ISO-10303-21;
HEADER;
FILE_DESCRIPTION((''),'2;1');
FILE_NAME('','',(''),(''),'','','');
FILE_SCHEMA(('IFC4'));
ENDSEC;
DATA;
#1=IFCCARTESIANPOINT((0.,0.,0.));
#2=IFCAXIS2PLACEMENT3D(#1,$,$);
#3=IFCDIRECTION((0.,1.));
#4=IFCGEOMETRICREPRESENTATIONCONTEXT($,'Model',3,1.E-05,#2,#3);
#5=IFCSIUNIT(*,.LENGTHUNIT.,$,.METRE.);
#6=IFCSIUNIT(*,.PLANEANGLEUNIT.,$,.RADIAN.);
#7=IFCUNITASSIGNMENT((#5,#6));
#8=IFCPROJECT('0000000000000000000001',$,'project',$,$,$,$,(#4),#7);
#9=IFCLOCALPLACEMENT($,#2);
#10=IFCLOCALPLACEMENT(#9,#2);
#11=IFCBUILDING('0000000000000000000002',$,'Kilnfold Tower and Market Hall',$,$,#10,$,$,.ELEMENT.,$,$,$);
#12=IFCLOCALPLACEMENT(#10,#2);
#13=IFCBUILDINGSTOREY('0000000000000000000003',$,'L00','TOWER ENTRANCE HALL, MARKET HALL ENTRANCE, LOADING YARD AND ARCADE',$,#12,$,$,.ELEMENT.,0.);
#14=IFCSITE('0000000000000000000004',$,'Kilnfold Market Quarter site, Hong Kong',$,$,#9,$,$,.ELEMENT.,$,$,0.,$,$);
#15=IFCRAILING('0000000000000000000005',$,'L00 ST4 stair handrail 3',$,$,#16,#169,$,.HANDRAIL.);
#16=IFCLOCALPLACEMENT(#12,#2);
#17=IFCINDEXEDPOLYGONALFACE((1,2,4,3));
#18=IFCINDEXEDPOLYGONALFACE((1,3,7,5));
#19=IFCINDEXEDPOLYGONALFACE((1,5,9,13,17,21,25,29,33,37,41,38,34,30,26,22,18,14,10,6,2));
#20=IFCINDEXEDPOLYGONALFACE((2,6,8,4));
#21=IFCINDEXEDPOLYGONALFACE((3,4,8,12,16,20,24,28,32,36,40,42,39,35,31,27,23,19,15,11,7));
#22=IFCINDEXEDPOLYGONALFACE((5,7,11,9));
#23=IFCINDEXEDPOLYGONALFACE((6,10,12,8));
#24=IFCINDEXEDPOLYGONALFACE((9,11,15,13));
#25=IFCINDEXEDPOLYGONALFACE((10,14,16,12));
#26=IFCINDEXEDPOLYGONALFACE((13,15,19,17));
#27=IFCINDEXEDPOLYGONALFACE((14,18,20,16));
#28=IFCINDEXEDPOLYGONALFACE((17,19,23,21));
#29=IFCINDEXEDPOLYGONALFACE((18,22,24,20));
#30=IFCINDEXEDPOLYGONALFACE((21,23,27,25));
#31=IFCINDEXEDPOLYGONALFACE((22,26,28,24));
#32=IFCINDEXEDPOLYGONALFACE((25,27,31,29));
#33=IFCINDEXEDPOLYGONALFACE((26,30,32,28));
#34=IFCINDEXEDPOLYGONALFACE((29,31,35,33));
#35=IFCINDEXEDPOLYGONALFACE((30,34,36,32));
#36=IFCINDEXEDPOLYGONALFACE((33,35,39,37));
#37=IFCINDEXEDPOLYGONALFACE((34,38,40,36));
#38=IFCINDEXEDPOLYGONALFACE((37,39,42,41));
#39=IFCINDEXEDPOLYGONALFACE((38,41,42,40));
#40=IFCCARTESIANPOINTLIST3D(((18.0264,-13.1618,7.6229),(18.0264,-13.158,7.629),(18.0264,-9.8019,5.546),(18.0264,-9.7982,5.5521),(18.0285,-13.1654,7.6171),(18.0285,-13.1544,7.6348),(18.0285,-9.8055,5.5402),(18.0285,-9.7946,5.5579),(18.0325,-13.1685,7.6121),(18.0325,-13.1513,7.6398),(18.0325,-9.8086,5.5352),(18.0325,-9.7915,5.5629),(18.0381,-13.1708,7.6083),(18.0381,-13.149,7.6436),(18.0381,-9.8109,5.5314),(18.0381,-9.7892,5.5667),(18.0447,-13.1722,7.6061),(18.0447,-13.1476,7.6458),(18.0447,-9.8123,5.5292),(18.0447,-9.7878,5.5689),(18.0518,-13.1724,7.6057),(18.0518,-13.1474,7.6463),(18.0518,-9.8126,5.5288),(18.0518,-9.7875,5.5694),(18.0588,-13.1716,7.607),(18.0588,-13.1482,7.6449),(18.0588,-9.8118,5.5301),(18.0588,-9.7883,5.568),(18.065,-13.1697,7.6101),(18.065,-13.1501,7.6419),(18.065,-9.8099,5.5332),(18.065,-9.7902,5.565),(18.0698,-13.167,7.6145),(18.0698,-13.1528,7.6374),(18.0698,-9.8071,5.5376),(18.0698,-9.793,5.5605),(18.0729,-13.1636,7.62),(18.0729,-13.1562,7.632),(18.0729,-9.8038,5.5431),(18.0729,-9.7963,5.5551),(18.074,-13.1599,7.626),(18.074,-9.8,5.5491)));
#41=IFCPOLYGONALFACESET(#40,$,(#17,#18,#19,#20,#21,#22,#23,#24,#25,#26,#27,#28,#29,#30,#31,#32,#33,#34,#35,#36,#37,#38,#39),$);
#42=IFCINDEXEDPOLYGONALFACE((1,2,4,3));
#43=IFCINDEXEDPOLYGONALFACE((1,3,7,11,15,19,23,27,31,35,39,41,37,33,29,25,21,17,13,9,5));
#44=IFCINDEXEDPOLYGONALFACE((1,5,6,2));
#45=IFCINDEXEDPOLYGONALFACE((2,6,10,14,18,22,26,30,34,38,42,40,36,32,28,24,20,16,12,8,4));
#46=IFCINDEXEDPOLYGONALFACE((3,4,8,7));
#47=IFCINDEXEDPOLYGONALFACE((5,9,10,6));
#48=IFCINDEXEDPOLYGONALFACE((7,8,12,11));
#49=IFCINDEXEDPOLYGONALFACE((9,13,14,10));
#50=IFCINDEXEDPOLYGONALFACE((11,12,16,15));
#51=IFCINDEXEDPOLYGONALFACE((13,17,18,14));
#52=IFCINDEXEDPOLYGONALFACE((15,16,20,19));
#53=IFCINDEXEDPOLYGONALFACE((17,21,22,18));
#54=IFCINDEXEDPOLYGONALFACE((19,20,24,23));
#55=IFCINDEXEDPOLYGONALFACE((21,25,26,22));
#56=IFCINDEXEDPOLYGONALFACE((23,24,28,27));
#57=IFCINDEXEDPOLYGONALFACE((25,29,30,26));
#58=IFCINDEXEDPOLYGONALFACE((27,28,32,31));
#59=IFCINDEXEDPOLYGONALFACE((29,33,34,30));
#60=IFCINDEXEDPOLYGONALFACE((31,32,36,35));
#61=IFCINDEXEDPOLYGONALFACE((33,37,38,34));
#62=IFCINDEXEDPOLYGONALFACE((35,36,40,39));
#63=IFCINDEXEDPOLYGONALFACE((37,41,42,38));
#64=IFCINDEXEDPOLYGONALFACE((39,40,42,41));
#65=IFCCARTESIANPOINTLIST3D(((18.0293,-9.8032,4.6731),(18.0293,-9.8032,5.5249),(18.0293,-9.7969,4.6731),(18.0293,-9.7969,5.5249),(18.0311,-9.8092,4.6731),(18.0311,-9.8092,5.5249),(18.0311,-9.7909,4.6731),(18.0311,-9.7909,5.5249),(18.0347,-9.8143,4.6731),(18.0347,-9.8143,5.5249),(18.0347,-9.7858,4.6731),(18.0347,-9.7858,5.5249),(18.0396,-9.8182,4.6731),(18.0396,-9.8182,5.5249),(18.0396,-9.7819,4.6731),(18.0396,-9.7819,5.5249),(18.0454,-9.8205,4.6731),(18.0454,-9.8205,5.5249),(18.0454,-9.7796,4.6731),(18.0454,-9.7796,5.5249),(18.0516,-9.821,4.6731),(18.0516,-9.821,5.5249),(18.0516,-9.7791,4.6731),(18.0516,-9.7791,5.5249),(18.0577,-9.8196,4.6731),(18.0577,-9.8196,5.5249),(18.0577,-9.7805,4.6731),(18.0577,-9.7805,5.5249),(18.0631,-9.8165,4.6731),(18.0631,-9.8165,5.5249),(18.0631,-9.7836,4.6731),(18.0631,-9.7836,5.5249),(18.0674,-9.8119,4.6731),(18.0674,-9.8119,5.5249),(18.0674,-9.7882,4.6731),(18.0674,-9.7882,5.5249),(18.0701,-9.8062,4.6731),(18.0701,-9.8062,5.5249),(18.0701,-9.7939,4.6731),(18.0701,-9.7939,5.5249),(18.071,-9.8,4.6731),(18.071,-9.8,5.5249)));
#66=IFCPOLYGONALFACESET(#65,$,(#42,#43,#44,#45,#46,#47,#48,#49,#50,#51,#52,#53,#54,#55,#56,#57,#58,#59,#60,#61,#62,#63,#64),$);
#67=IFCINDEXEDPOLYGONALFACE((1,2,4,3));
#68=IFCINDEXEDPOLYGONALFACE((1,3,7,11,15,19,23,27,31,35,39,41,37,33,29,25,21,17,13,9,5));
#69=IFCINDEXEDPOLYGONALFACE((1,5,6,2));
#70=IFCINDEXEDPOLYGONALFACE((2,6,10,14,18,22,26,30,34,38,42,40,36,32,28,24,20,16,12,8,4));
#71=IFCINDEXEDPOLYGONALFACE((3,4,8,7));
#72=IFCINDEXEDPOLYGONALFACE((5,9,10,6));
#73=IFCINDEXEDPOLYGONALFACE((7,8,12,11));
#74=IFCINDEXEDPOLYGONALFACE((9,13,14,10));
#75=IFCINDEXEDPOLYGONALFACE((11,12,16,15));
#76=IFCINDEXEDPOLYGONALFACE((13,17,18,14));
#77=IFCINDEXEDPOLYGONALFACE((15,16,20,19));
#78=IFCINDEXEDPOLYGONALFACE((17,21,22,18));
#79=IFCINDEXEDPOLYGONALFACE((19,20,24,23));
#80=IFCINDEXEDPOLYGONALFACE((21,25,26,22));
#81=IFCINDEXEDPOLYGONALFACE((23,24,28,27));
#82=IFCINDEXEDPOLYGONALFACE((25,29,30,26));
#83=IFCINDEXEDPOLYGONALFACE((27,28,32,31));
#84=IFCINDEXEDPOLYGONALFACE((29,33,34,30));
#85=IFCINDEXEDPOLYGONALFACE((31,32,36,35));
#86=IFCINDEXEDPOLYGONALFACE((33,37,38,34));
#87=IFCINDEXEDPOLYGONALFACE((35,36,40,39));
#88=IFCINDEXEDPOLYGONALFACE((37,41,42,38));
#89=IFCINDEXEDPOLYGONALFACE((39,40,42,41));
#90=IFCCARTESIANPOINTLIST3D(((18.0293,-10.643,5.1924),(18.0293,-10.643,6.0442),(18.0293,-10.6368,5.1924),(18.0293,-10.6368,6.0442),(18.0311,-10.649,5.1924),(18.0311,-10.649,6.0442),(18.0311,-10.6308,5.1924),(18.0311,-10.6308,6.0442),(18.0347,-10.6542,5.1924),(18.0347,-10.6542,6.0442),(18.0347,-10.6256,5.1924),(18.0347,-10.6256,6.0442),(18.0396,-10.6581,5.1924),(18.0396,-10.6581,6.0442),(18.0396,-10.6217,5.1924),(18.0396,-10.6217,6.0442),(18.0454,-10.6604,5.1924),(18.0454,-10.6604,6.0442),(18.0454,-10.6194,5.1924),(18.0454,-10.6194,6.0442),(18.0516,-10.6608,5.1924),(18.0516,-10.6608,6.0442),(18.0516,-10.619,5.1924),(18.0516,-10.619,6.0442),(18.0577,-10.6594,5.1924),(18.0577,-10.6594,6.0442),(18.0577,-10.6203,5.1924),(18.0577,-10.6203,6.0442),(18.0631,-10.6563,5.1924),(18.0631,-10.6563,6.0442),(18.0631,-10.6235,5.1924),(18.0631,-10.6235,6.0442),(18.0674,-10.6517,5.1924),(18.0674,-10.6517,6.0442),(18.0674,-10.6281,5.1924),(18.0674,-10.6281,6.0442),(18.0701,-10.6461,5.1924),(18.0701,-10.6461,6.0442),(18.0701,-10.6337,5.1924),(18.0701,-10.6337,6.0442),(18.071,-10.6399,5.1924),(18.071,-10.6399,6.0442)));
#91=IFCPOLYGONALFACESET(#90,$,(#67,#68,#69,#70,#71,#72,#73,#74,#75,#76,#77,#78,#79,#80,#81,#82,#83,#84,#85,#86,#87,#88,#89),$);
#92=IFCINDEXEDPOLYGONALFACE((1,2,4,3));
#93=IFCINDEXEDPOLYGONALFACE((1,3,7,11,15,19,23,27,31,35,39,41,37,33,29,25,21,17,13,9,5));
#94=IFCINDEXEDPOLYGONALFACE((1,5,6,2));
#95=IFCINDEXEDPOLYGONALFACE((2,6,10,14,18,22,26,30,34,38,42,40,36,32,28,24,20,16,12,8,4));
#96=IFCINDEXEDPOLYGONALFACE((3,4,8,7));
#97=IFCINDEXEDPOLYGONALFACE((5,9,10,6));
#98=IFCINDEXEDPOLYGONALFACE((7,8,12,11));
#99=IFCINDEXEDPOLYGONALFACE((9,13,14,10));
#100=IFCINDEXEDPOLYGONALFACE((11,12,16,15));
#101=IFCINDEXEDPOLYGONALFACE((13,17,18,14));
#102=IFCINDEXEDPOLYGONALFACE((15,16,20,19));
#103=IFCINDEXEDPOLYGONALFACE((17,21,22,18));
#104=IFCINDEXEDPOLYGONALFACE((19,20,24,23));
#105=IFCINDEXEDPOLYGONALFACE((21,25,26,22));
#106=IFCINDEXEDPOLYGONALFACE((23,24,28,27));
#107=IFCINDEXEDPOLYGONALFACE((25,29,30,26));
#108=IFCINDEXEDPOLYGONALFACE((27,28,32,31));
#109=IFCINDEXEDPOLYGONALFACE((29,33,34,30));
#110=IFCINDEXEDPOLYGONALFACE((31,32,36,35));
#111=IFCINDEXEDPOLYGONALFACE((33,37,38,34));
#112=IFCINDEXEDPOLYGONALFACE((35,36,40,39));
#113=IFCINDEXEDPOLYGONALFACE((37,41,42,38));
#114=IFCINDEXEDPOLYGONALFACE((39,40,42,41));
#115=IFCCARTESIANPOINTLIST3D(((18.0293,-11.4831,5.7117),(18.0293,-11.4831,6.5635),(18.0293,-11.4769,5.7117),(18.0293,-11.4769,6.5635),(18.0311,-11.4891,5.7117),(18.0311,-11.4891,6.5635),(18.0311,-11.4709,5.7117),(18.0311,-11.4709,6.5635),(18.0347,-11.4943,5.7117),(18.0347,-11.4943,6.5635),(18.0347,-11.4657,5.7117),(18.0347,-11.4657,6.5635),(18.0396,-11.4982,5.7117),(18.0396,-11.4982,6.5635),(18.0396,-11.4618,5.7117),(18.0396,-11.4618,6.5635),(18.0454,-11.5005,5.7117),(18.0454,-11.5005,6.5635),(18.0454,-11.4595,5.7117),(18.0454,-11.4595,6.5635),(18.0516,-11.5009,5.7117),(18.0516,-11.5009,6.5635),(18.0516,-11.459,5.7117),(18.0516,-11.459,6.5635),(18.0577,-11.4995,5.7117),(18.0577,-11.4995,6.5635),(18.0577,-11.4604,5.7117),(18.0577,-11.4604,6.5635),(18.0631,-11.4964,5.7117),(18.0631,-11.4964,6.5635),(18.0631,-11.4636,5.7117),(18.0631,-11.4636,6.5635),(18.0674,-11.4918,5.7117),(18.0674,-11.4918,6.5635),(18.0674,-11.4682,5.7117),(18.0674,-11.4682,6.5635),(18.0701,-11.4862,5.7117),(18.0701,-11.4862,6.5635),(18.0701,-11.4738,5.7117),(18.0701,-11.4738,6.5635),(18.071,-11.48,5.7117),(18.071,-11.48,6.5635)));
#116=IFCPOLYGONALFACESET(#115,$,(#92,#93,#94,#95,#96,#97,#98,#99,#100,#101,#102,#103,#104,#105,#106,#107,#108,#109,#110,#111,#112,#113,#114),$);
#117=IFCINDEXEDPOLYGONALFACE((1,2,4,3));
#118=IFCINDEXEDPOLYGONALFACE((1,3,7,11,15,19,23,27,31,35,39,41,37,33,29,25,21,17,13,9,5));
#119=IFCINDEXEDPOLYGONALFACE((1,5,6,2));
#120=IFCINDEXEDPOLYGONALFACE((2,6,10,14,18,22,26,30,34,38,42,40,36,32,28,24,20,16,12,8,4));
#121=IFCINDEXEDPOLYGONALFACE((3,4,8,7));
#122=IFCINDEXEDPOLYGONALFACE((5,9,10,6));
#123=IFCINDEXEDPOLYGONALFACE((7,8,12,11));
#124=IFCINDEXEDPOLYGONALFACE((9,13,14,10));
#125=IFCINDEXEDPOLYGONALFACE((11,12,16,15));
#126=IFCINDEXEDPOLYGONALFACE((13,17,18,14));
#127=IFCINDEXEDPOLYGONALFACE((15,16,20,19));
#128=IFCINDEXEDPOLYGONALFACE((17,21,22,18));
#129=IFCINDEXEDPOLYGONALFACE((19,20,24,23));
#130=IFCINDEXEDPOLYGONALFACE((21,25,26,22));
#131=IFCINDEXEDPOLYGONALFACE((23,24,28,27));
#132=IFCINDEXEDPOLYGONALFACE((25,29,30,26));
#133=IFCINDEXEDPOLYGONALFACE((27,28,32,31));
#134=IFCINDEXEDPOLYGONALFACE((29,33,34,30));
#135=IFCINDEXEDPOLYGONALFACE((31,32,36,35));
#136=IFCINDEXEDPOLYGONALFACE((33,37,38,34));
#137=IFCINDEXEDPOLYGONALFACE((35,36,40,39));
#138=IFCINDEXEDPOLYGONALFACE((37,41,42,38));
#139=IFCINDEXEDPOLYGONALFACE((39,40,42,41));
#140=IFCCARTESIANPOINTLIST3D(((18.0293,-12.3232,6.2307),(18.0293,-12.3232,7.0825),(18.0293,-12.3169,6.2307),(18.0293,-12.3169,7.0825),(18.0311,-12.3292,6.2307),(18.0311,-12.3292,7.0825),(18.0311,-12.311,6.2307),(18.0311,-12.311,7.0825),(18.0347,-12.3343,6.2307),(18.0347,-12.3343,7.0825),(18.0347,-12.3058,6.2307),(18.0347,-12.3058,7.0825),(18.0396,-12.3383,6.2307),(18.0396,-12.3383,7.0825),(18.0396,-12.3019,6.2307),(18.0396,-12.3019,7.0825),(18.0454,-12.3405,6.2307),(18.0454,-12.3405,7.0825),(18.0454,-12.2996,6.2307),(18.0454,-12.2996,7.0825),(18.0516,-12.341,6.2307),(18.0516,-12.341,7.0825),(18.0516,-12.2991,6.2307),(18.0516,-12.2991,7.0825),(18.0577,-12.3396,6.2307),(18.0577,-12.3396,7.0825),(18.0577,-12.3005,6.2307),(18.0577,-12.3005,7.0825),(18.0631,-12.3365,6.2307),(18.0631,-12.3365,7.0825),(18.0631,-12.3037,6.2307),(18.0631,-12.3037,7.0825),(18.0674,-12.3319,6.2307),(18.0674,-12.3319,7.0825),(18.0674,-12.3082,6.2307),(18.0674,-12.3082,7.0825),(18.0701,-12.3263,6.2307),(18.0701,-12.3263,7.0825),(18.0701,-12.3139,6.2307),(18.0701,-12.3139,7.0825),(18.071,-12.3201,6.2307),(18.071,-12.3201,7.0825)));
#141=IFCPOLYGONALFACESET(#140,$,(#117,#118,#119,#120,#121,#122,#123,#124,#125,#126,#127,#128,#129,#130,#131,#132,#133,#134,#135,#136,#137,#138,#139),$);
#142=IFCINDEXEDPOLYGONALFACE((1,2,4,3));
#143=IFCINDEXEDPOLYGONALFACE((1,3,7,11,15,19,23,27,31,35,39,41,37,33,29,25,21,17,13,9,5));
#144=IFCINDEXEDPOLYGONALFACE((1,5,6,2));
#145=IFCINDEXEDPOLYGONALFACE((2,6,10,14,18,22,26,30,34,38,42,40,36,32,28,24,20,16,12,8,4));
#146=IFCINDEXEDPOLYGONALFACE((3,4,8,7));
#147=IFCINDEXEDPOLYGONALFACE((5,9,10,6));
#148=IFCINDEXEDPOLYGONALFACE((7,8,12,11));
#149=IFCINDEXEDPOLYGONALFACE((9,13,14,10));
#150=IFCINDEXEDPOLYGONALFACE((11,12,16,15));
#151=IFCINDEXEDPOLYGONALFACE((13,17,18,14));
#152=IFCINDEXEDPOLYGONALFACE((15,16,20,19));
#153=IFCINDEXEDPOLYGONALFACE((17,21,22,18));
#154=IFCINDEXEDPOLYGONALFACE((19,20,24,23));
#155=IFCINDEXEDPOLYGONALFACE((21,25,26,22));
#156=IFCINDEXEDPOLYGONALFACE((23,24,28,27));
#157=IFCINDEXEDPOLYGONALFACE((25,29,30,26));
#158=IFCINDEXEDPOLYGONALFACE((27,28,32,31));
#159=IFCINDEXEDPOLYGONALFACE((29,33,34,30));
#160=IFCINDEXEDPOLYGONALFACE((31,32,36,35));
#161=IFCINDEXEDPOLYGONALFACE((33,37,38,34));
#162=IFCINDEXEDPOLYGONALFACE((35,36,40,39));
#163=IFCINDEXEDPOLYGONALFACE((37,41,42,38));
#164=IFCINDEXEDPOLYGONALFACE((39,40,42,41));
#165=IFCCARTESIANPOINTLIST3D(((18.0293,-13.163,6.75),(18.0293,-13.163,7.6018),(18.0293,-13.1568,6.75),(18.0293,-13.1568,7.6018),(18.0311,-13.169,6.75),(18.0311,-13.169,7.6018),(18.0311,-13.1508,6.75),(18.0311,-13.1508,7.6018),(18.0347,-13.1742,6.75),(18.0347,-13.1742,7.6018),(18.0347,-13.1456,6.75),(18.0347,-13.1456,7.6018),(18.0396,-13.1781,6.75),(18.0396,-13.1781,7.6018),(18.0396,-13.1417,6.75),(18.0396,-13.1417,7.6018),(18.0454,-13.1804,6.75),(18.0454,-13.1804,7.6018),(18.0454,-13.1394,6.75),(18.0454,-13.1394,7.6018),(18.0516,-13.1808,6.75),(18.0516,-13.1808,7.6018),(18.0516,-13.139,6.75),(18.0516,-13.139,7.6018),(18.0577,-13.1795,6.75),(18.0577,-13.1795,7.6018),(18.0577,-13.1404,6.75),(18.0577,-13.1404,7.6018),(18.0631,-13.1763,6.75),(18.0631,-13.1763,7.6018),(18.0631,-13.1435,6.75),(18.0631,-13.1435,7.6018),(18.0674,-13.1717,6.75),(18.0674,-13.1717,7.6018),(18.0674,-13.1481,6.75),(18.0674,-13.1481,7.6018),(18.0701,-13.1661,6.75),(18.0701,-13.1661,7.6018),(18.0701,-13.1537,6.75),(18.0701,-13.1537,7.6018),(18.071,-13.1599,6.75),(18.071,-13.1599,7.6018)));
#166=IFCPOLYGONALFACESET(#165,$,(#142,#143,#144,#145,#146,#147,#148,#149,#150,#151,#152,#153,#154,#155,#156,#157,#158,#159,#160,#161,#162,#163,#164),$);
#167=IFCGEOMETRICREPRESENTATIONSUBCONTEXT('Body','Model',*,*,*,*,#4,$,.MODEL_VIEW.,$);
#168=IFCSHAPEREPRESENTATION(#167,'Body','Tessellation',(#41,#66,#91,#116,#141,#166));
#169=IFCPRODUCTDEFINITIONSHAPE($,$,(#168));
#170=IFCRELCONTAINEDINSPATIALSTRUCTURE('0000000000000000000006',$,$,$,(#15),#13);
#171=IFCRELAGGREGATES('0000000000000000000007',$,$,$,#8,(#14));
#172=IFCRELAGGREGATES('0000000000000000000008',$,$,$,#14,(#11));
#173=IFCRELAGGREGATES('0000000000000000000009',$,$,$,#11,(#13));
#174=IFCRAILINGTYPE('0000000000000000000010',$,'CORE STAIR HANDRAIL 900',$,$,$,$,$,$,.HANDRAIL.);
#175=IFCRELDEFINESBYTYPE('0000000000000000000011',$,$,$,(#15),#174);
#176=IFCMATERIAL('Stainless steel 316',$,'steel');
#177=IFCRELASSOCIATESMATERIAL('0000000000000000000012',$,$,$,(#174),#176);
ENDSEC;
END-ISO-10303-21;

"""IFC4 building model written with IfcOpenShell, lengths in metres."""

from ifc_helpers import new_model, si_unit, direction, frame, origin, origin_2d, place, context, subcontext, project, spatial, circle, extrude, material, type_object, element, save


model = new_model("IFC4")

# Units and contexts
model_context = context("Model", 3, precision=1e-05, world=origin(), true_north=direction((0.0, 1.0)))
body_context = subcontext(model_context, "Body", "Model", "MODEL_VIEW")
ifc_project = project(units=[si_unit("LENGTHUNIT", "METRE"), si_unit("PLANEANGLEUNIT", "RADIAN")], contexts=[model_context])

# Site, building, storey
site_placement = place(None, origin())
site = spatial("IfcSite", under=ifc_project, at=site_placement, Name="Kilnfold Market Quarter site, Hong Kong", CompositionType="ELEMENT", RefElevation=0.0)
building_placement = place(site_placement, origin())
building = spatial("IfcBuilding", under=site, at=building_placement, Name="Kilnfold Tower and Market Hall", CompositionType="ELEMENT")
storey_placement = place(building_placement, origin())
storey = spatial("IfcBuildingStorey", under=building, at=storey_placement, Name="L00", Description="TOWER ENTRANCE HALL, MARKET HALL ENTRANCE, LOADING YARD AND ARCADE", CompositionType="ELEMENT", Elevation=0.0)

# Railing
ifc_material_1 = material(Name="Stainless steel 316", Category="steel")
railing_type_1 = type_object("IfcRailingType", Name="CORE STAIR HANDRAIL 900", PredefinedType="HANDRAIL", material=ifc_material_1)
railing_1_placement = place(storey_placement, frame((18.05, -9.8, 4.6731)))
element("IfcRailing", 1, at=railing_1_placement, inside=storey, type_object=railing_type_1, Name="L00 ST4 stair handrail 3", PredefinedType="HANDRAIL", context=body_context, shape_type="SweptSolid", body=[
    extrude(circle(Radius=0.0239, at=origin_2d()), frame((0.0, 0.0, 0.876), z_axis=(0.0, -0.850606, 0.525803), x_axis=(1.0, 0.0, 0.0)), (0.0, 0.0, 1.0), 3.95),
    extrude(circle(Radius=0.021, at=origin_2d()), origin(), (0.0, 0.0, 1.0), 0.8518),
    extrude(circle(Radius=0.021, at=origin_2d()), frame((0.0, -0.8398, 0.5193)), (0.0, 0.0, 1.0), 0.8518),
    extrude(circle(Radius=0.021, at=origin_2d()), frame((0.0, -1.6799, 1.0386)), (0.0, 0.0, 1.0), 0.8518),
    extrude(circle(Radius=0.021, at=origin_2d()), frame((0.0, -2.52, 1.5576)), (0.0, 0.0, 1.0), 0.8518),
    extrude(circle(Radius=0.021, at=origin_2d()), frame((0.0, -3.3599, 2.0769)), (0.0, 0.0, 1.0), 0.8518),
])

save(model, "model.ifc")
